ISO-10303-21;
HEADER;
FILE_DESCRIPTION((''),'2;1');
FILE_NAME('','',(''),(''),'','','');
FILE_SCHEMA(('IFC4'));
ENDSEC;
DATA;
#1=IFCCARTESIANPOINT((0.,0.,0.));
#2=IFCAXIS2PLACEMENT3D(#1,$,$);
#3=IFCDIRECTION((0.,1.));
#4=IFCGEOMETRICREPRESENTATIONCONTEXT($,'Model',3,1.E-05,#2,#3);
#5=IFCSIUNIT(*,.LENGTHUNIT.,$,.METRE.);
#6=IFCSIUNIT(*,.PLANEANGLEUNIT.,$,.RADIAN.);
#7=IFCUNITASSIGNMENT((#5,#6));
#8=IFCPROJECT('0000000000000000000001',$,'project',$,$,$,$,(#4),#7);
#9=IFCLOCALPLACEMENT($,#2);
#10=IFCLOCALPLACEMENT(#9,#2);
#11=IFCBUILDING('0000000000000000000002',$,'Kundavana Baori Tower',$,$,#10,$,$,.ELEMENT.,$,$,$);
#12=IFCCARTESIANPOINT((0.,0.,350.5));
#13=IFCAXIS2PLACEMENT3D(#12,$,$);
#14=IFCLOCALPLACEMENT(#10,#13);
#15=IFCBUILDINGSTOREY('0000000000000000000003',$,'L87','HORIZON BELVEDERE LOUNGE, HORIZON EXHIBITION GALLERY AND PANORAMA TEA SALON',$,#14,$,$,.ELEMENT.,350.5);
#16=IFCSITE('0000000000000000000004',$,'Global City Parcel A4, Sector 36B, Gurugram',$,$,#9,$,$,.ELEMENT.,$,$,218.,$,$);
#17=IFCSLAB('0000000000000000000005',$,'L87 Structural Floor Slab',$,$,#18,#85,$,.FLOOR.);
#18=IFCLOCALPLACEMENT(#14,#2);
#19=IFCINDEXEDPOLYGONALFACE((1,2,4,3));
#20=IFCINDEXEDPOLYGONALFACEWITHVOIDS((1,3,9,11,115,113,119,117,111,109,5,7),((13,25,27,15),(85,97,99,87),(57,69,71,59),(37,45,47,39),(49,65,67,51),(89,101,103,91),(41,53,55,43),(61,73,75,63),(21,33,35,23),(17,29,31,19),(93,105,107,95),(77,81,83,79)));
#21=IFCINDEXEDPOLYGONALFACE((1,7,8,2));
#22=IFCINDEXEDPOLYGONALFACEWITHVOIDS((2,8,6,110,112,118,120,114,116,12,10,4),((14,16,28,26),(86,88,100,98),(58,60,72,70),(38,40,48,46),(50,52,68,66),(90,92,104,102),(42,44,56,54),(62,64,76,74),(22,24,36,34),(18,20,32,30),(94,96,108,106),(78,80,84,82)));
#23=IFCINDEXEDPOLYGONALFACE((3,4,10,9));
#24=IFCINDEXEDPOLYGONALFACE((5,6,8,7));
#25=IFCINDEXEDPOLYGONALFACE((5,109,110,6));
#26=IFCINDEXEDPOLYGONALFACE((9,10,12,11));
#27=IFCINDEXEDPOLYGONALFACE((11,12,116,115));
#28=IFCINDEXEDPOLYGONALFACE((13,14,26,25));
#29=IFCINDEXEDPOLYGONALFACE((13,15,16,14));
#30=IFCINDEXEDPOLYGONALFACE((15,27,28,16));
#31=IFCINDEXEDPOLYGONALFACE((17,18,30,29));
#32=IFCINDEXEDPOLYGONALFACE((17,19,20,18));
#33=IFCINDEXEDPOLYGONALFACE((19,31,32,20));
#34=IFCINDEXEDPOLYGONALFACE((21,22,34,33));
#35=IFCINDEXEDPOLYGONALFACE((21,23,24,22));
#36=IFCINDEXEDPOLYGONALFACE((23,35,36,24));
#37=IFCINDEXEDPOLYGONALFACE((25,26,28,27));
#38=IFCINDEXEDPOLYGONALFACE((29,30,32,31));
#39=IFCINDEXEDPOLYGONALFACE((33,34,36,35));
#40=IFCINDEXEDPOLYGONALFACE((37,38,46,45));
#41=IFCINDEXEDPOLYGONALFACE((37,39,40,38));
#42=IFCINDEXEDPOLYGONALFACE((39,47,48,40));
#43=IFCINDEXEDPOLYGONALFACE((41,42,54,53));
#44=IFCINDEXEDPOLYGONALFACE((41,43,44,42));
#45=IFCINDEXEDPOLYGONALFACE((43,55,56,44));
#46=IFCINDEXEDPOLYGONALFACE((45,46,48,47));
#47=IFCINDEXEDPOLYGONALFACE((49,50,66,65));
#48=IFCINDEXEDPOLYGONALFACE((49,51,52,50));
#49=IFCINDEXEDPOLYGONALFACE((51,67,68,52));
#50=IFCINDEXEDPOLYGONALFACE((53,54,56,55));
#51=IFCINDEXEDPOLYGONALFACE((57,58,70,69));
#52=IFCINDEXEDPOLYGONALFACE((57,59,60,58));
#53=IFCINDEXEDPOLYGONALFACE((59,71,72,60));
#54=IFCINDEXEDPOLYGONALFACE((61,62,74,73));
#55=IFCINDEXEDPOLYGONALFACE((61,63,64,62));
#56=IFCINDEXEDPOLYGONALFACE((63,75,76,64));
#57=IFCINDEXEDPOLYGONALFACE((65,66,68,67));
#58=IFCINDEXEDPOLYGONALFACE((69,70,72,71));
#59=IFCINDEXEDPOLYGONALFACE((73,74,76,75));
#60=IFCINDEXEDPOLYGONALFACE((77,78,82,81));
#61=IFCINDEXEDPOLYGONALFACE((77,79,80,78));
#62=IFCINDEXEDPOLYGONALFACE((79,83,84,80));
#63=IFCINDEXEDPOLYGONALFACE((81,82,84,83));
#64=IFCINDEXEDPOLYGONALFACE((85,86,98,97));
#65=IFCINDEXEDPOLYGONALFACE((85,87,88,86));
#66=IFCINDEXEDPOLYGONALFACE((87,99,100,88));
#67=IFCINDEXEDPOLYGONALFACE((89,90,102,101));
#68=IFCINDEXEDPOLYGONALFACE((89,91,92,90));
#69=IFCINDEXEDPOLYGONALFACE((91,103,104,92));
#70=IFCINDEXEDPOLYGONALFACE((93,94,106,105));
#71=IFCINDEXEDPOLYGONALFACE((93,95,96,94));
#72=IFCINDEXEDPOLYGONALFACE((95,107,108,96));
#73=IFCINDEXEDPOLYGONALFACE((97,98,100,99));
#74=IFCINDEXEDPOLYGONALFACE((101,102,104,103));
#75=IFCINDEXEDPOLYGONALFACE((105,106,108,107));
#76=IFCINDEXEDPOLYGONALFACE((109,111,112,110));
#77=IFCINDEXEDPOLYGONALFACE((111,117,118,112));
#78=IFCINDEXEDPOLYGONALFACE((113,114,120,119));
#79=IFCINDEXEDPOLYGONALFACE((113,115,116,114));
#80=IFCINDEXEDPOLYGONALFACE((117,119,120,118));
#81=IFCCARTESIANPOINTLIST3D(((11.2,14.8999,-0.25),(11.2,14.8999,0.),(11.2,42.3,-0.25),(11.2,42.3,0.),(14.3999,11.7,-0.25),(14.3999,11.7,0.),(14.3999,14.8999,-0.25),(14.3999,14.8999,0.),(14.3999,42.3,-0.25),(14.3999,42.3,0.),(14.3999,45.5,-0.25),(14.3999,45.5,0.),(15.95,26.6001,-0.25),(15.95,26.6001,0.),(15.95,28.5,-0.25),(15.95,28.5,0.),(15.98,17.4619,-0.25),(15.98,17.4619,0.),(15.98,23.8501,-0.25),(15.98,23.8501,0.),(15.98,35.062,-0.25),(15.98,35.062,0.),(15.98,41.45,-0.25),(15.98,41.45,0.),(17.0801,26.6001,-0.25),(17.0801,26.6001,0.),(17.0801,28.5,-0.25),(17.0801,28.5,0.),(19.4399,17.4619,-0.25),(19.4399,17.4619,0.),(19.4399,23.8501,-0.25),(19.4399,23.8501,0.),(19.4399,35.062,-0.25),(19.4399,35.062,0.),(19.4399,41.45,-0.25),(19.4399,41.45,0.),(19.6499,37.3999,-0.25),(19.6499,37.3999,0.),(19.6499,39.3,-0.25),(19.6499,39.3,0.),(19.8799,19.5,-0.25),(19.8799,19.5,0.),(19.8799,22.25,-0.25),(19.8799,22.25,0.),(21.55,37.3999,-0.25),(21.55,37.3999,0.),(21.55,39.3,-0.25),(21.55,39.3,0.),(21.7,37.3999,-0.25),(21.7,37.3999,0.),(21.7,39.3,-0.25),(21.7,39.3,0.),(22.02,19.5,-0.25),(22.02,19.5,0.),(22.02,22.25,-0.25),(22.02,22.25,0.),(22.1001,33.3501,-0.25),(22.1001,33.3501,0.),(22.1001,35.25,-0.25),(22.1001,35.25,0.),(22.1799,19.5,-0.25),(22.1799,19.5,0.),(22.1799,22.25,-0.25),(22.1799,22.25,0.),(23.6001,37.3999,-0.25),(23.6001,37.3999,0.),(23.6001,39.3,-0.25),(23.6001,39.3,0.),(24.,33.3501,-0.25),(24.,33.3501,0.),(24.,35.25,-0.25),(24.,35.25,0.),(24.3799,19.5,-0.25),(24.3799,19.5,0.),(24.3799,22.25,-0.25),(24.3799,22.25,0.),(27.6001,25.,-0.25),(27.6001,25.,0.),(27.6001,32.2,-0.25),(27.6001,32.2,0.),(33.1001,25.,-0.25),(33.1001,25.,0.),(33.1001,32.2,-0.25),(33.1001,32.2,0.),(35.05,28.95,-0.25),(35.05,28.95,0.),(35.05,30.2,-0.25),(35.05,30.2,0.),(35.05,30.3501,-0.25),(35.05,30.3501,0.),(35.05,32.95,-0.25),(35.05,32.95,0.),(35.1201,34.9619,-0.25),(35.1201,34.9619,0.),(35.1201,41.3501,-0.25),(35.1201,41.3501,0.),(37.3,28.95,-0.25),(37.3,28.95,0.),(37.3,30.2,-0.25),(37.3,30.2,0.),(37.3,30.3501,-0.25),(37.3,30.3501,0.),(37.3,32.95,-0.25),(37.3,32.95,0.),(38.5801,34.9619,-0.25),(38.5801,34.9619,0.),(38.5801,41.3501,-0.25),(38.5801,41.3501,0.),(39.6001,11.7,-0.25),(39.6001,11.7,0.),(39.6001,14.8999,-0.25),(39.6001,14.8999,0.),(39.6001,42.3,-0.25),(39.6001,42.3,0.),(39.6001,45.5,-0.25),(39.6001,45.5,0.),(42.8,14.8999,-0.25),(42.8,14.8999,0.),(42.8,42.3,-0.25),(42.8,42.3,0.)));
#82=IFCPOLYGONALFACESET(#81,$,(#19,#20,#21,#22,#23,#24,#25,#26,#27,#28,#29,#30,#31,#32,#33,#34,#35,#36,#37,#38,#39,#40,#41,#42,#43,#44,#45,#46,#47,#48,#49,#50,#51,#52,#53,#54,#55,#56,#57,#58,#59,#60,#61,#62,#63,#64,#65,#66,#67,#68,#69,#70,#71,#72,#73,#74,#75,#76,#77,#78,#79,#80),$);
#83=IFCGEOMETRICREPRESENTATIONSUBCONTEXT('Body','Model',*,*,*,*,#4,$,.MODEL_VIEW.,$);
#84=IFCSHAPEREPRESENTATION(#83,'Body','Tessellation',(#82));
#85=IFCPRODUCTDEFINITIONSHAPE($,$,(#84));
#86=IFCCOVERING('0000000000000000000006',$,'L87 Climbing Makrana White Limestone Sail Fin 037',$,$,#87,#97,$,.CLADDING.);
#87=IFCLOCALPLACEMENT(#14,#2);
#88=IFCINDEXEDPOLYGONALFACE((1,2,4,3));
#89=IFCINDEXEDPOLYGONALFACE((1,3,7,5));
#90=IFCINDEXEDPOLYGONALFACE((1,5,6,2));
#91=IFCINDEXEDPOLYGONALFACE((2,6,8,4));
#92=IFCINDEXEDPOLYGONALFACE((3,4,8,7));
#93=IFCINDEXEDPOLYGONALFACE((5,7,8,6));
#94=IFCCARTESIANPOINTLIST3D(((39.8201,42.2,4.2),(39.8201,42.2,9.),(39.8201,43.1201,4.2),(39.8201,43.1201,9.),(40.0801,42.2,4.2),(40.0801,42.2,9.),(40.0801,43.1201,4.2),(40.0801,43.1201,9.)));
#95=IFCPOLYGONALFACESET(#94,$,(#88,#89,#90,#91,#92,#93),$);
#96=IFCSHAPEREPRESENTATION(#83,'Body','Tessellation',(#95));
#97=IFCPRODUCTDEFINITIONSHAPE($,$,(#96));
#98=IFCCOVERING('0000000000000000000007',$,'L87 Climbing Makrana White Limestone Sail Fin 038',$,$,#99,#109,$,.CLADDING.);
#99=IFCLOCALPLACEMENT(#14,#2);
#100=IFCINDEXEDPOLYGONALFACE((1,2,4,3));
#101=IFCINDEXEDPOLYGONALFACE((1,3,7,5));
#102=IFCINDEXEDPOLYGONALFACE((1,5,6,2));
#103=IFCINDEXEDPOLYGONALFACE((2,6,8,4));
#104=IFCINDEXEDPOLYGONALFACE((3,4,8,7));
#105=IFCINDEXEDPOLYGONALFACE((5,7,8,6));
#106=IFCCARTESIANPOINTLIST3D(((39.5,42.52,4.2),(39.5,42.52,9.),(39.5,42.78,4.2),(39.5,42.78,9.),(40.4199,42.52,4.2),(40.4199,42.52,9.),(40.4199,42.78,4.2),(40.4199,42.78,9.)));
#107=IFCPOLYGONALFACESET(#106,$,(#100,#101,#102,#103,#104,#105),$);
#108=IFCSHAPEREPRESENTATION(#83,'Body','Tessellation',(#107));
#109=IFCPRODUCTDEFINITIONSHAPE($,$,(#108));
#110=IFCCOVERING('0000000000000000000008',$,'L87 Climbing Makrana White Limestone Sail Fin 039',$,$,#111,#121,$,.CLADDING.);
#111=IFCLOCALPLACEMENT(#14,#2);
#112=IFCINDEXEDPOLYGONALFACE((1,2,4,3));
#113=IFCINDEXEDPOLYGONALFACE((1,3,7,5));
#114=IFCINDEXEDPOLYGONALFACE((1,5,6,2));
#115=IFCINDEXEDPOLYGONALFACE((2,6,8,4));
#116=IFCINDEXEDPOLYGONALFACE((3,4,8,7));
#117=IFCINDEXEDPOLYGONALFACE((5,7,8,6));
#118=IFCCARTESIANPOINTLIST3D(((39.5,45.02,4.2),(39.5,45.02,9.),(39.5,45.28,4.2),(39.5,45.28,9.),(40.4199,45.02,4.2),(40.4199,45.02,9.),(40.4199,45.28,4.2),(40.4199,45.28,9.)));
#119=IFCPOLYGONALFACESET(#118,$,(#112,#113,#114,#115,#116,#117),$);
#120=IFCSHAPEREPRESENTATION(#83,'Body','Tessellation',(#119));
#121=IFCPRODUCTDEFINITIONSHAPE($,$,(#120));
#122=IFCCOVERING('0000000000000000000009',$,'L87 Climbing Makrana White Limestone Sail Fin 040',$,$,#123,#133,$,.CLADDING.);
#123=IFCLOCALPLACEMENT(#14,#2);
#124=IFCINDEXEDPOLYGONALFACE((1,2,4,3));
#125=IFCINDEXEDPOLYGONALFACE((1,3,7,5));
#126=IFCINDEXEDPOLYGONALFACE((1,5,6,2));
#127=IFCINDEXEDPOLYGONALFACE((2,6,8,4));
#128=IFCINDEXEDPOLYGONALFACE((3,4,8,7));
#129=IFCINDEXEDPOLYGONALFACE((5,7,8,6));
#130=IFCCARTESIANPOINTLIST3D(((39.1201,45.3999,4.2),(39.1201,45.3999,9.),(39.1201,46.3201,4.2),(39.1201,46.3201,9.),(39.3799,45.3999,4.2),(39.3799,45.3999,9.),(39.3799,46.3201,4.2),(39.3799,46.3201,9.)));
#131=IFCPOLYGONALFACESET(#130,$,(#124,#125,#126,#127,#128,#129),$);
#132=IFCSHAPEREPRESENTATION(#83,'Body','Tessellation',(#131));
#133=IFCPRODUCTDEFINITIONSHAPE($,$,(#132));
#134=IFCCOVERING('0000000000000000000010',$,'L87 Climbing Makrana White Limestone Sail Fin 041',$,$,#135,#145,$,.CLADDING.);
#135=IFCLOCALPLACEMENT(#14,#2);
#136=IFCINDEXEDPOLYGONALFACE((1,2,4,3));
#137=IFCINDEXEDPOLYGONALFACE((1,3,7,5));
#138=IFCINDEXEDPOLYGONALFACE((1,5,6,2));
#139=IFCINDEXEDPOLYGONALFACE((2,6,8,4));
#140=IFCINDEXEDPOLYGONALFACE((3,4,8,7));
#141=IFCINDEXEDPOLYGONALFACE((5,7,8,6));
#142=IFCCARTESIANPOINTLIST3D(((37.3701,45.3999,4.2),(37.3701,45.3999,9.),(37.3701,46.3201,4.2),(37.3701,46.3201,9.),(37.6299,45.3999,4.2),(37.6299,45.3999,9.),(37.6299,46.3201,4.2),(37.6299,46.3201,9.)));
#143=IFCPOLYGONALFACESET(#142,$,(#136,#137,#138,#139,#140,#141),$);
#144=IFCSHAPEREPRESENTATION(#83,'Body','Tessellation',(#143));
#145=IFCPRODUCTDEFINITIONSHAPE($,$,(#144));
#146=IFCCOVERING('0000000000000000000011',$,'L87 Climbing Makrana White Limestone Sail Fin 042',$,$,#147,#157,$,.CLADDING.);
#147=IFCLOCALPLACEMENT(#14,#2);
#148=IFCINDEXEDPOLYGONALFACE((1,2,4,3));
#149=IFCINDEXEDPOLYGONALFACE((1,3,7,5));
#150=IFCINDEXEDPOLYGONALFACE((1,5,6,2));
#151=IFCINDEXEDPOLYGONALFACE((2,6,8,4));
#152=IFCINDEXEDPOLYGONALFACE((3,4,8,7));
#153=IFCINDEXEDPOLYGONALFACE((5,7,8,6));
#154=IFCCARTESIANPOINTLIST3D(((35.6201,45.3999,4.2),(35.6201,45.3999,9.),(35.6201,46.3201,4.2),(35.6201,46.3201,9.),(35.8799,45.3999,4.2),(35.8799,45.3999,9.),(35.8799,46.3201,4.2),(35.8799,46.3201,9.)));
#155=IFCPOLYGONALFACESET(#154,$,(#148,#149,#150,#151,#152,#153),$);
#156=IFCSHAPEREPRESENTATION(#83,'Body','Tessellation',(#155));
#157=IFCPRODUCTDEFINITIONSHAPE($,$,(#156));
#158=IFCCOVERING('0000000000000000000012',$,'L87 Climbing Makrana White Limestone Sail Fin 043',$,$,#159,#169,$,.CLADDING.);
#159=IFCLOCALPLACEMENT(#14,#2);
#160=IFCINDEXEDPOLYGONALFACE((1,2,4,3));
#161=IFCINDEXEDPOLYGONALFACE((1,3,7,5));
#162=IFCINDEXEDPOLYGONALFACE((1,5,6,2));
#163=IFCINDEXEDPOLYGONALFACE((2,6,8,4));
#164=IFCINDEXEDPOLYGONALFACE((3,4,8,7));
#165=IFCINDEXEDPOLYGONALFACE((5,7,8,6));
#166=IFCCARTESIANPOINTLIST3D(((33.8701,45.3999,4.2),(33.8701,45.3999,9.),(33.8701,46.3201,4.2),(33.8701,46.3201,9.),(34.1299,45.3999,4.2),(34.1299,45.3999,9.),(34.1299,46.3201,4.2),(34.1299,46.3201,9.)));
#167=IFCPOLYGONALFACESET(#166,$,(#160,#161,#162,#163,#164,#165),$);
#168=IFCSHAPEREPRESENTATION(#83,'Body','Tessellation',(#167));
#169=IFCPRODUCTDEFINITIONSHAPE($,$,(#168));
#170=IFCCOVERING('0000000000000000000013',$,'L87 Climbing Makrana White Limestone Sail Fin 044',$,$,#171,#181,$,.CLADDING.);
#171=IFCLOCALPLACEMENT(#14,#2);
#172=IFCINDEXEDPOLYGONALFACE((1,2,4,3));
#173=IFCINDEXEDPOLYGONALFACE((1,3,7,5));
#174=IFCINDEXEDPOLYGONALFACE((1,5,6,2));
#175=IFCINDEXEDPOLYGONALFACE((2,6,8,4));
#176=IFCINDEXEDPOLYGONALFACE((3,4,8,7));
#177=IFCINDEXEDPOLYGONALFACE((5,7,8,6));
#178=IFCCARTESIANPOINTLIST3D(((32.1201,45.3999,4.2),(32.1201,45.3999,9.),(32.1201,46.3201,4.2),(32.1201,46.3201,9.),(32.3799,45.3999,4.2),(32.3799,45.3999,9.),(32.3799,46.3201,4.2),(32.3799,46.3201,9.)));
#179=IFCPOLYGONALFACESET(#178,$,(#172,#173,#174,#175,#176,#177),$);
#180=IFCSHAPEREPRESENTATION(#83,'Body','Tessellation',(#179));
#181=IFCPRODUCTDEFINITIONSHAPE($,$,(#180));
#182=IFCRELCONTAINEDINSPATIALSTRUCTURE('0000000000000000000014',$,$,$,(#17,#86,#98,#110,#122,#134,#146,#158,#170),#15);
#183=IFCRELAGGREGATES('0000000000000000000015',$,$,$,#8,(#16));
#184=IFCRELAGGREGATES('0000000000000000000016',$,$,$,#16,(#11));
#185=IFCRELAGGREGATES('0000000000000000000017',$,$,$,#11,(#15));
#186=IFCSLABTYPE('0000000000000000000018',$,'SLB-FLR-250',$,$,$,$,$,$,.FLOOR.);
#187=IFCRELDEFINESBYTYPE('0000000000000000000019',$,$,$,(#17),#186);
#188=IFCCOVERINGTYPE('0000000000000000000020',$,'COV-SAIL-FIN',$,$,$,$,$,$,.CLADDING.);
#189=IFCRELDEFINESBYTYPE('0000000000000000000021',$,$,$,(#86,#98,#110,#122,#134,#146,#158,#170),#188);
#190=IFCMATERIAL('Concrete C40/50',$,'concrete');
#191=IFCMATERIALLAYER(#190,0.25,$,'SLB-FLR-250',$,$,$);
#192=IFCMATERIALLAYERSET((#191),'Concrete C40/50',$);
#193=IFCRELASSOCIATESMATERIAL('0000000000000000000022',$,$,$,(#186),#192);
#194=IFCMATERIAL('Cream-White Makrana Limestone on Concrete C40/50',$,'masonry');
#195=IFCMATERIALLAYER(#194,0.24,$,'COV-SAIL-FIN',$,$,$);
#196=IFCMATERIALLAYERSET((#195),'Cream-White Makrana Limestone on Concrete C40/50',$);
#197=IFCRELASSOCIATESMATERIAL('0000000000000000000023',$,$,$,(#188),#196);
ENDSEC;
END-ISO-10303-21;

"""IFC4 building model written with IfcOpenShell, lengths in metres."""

from ifc_helpers import new_model, si_unit, direction, frame, origin, place, context, subcontext, project, spatial, polyline, outline, extrude, material, layer, layer_set, type_object, element, save


model = new_model("IFC4")

# Units and contexts
model_context = context("Model", 3, precision=1e-05, world=origin(), true_north=direction((0.0, 1.0)))
body_context = subcontext(model_context, "Body", "Model", "MODEL_VIEW")
ifc_project = project(units=[si_unit("LENGTHUNIT", "METRE"), si_unit("PLANEANGLEUNIT", "RADIAN")], contexts=[model_context])

# Site, building, storey
site_placement = place(None, origin())
site = spatial("IfcSite", under=ifc_project, at=site_placement, Name="Global City Parcel A4, Sector 36B, Gurugram", CompositionType="ELEMENT", RefElevation=218.0)
building_placement = place(site_placement, origin())
building = spatial("IfcBuilding", under=site, at=building_placement, Name="Kundavana Baori Tower", CompositionType="ELEMENT")
storey_placement = place(building_placement, frame((0.0, 0.0, 350.5)))
storey = spatial("IfcBuildingStorey", under=building, at=storey_placement, Name="L87", Description="HORIZON BELVEDERE LOUNGE, HORIZON EXHIBITION GALLERY AND PANORAMA TEA SALON", CompositionType="ELEMENT", Elevation=350.5)

# Slab
ifc_material_1 = material(Name="Concrete C40/50", Category="concrete")
ifc_layer_1 = layer(ifc_material_1, 0.25, Name="SLB-FLR-250")
ifc_layer_set_1 = layer_set([ifc_layer_1], Name="Concrete C40/50")
slab_type = type_object("IfcSlabType", Name="SLB-FLR-250", PredefinedType="FLOOR", material=ifc_layer_set_1)
slab_placement = place(storey_placement, frame((0.0, 0.0, -0.25)))
element("IfcSlab", 1, at=slab_placement, inside=storey, type_object=slab_type, Name="L87 Structural Floor Slab", PredefinedType="FLOOR", context=body_context, shape_type="SweptSolid", body=[
    extrude(outline(polyline([(14.3999, 11.7), (39.6001, 11.7), (39.6001, 14.8999), (42.8, 14.8999), (42.8, 42.3), (39.6001, 42.3), (39.6001, 45.5), (14.3999, 45.5), (14.3999, 42.3), (11.2, 42.3), (11.2, 14.8999), (14.3999, 14.8999), (14.3999, 11.7)]), holes=[polyline([(19.4399, 17.4619), (19.4399, 23.8501), (15.98, 23.8501), (15.98, 17.4619), (19.4399, 17.4619)]), polyline([(19.4399, 35.062), (19.4399, 41.45), (15.98, 41.45), (15.98, 35.062), (19.4399, 35.062)]), polyline([(38.5801, 34.9619), (38.5801, 41.3501), (35.1201, 41.3501), (35.1201, 34.9619), (38.5801, 34.9619)]), polyline([(19.6499, 37.3999), (21.55, 37.3999), (21.55, 39.3), (19.6499, 39.3), (19.6499, 37.3999)]), polyline([(21.7, 37.3999), (23.6001, 37.3999), (23.6001, 39.3), (21.7, 39.3), (21.7, 37.3999)]), polyline([(22.1001, 33.3501), (24.0, 33.3501), (24.0, 35.25), (22.1001, 35.25), (22.1001, 33.3501)]), polyline([(19.8799, 19.5), (22.02, 19.5), (22.02, 22.25), (19.8799, 22.25), (19.8799, 19.5)]), polyline([(22.1799, 19.5), (24.3799, 19.5), (24.3799, 22.25), (22.1799, 22.25), (22.1799, 19.5)]), polyline([(35.05, 30.3501), (37.3, 30.3501), (37.3, 32.95), (35.05, 32.95), (35.05, 30.3501)]), polyline([(15.95, 26.6001), (17.0801, 26.6001), (17.0801, 28.5), (15.95, 28.5), (15.95, 26.6001)]), polyline([(35.05, 28.95), (37.3, 28.95), (37.3, 30.2), (35.05, 30.2), (35.05, 28.95)]), polyline([(27.6001, 25.0), (33.1001, 25.0), (33.1001, 32.2), (27.6001, 32.2), (27.6001, 25.0)])]), origin(), (0.0, 0.0, 1.0), 0.25),
])

# Coverings
ifc_material_2 = material(Name="Cream-White Makrana Limestone on Concrete C40/50", Category="masonry")
ifc_layer_2 = layer(ifc_material_2, 0.24, Name="COV-SAIL-FIN")
ifc_layer_set_2 = layer_set([ifc_layer_2], Name="Cream-White Makrana Limestone on Concrete C40/50")
covering_type = type_object("IfcCoveringType", Name="COV-SAIL-FIN", PredefinedType="CLADDING", material=ifc_layer_set_2)
covering_1_placement = place(storey_placement, frame((0.0, 0.0, 4.2)))
element("IfcCovering", 2, at=covering_1_placement, inside=storey, type_object=covering_type, Name="L87 Climbing Makrana White Limestone Sail Fin 037", PredefinedType="CLADDING", context=body_context, shape_type="SweptSolid", body=[
    extrude(outline(polyline([(39.8201, 42.2), (40.0801, 42.2), (40.0801, 43.1201), (39.8201, 43.1201), (39.8201, 42.2)])), origin(), (0.0, 0.0, 1.0), 4.8),
])
covering_2_placement = place(storey_placement, frame((0.0, 0.0, 4.2)))
element("IfcCovering", 3, at=covering_2_placement, inside=storey, type_object=covering_type, Name="L87 Climbing Makrana White Limestone Sail Fin 038", PredefinedType="CLADDING", context=body_context, shape_type="SweptSolid", body=[
    extrude(outline(polyline([(39.5, 42.52), (40.4199, 42.52), (40.4199, 42.78), (39.5, 42.78), (39.5, 42.52)])), origin(), (0.0, 0.0, 1.0), 4.8),
])
covering_3_placement = place(storey_placement, frame((0.0, 0.0, 4.2)))
element("IfcCovering", 4, at=covering_3_placement, inside=storey, type_object=covering_type, Name="L87 Climbing Makrana White Limestone Sail Fin 039", PredefinedType="CLADDING", context=body_context, shape_type="SweptSolid", body=[
    extrude(outline(polyline([(39.5, 45.02), (40.4199, 45.02), (40.4199, 45.28), (39.5, 45.28), (39.5, 45.02)])), origin(), (0.0, 0.0, 1.0), 4.8),
])
covering_4_placement = place(storey_placement, frame((0.0, 0.0, 4.2)))
element("IfcCovering", 5, at=covering_4_placement, inside=storey, type_object=covering_type, Name="L87 Climbing Makrana White Limestone Sail Fin 040", PredefinedType="CLADDING", context=body_context, shape_type="SweptSolid", body=[
    extrude(outline(polyline([(39.1201, 45.3999), (39.3799, 45.3999), (39.3799, 46.3201), (39.1201, 46.3201), (39.1201, 45.3999)])), origin(), (0.0, 0.0, 1.0), 4.8),
])
covering_5_placement = place(storey_placement, frame((0.0, 0.0, 4.2)))
element("IfcCovering", 6, at=covering_5_placement, inside=storey, type_object=covering_type, Name="L87 Climbing Makrana White Limestone Sail Fin 041", PredefinedType="CLADDING", context=body_context, shape_type="SweptSolid", body=[
    extrude(outline(polyline([(37.3701, 45.3999), (37.6299, 45.3999), (37.6299, 46.3201), (37.3701, 46.3201), (37.3701, 45.3999)])), origin(), (0.0, 0.0, 1.0), 4.8),
])
covering_6_placement = place(storey_placement, frame((0.0, 0.0, 4.2)))
element("IfcCovering", 7, at=covering_6_placement, inside=storey, type_object=covering_type, Name="L87 Climbing Makrana White Limestone Sail Fin 042", PredefinedType="CLADDING", context=body_context, shape_type="SweptSolid", body=[
    extrude(outline(polyline([(35.6201, 45.3999), (35.8799, 45.3999), (35.8799, 46.3201), (35.6201, 46.3201), (35.6201, 45.3999)])), origin(), (0.0, 0.0, 1.0), 4.8),
])
covering_7_placement = place(storey_placement, frame((0.0, 0.0, 4.2)))
element("IfcCovering", 8, at=covering_7_placement, inside=storey, type_object=covering_type, Name="L87 Climbing Makrana White Limestone Sail Fin 043", PredefinedType="CLADDING", context=body_context, shape_type="SweptSolid", body=[
    extrude(outline(polyline([(33.8701, 45.3999), (34.1299, 45.3999), (34.1299, 46.3201), (33.8701, 46.3201), (33.8701, 45.3999)])), origin(), (0.0, 0.0, 1.0), 4.8),
])
covering_8_placement = place(storey_placement, frame((0.0, 0.0, 4.2)))
element("IfcCovering", 9, at=covering_8_placement, inside=storey, type_object=covering_type, Name="L87 Climbing Makrana White Limestone Sail Fin 044", PredefinedType="CLADDING", context=body_context, shape_type="SweptSolid", body=[
    extrude(outline(polyline([(32.1201, 45.3999), (32.3799, 45.3999), (32.3799, 46.3201), (32.1201, 46.3201), (32.1201, 45.3999)])), origin(), (0.0, 0.0, 1.0), 4.8),
])

save(model, "model.ifc")
